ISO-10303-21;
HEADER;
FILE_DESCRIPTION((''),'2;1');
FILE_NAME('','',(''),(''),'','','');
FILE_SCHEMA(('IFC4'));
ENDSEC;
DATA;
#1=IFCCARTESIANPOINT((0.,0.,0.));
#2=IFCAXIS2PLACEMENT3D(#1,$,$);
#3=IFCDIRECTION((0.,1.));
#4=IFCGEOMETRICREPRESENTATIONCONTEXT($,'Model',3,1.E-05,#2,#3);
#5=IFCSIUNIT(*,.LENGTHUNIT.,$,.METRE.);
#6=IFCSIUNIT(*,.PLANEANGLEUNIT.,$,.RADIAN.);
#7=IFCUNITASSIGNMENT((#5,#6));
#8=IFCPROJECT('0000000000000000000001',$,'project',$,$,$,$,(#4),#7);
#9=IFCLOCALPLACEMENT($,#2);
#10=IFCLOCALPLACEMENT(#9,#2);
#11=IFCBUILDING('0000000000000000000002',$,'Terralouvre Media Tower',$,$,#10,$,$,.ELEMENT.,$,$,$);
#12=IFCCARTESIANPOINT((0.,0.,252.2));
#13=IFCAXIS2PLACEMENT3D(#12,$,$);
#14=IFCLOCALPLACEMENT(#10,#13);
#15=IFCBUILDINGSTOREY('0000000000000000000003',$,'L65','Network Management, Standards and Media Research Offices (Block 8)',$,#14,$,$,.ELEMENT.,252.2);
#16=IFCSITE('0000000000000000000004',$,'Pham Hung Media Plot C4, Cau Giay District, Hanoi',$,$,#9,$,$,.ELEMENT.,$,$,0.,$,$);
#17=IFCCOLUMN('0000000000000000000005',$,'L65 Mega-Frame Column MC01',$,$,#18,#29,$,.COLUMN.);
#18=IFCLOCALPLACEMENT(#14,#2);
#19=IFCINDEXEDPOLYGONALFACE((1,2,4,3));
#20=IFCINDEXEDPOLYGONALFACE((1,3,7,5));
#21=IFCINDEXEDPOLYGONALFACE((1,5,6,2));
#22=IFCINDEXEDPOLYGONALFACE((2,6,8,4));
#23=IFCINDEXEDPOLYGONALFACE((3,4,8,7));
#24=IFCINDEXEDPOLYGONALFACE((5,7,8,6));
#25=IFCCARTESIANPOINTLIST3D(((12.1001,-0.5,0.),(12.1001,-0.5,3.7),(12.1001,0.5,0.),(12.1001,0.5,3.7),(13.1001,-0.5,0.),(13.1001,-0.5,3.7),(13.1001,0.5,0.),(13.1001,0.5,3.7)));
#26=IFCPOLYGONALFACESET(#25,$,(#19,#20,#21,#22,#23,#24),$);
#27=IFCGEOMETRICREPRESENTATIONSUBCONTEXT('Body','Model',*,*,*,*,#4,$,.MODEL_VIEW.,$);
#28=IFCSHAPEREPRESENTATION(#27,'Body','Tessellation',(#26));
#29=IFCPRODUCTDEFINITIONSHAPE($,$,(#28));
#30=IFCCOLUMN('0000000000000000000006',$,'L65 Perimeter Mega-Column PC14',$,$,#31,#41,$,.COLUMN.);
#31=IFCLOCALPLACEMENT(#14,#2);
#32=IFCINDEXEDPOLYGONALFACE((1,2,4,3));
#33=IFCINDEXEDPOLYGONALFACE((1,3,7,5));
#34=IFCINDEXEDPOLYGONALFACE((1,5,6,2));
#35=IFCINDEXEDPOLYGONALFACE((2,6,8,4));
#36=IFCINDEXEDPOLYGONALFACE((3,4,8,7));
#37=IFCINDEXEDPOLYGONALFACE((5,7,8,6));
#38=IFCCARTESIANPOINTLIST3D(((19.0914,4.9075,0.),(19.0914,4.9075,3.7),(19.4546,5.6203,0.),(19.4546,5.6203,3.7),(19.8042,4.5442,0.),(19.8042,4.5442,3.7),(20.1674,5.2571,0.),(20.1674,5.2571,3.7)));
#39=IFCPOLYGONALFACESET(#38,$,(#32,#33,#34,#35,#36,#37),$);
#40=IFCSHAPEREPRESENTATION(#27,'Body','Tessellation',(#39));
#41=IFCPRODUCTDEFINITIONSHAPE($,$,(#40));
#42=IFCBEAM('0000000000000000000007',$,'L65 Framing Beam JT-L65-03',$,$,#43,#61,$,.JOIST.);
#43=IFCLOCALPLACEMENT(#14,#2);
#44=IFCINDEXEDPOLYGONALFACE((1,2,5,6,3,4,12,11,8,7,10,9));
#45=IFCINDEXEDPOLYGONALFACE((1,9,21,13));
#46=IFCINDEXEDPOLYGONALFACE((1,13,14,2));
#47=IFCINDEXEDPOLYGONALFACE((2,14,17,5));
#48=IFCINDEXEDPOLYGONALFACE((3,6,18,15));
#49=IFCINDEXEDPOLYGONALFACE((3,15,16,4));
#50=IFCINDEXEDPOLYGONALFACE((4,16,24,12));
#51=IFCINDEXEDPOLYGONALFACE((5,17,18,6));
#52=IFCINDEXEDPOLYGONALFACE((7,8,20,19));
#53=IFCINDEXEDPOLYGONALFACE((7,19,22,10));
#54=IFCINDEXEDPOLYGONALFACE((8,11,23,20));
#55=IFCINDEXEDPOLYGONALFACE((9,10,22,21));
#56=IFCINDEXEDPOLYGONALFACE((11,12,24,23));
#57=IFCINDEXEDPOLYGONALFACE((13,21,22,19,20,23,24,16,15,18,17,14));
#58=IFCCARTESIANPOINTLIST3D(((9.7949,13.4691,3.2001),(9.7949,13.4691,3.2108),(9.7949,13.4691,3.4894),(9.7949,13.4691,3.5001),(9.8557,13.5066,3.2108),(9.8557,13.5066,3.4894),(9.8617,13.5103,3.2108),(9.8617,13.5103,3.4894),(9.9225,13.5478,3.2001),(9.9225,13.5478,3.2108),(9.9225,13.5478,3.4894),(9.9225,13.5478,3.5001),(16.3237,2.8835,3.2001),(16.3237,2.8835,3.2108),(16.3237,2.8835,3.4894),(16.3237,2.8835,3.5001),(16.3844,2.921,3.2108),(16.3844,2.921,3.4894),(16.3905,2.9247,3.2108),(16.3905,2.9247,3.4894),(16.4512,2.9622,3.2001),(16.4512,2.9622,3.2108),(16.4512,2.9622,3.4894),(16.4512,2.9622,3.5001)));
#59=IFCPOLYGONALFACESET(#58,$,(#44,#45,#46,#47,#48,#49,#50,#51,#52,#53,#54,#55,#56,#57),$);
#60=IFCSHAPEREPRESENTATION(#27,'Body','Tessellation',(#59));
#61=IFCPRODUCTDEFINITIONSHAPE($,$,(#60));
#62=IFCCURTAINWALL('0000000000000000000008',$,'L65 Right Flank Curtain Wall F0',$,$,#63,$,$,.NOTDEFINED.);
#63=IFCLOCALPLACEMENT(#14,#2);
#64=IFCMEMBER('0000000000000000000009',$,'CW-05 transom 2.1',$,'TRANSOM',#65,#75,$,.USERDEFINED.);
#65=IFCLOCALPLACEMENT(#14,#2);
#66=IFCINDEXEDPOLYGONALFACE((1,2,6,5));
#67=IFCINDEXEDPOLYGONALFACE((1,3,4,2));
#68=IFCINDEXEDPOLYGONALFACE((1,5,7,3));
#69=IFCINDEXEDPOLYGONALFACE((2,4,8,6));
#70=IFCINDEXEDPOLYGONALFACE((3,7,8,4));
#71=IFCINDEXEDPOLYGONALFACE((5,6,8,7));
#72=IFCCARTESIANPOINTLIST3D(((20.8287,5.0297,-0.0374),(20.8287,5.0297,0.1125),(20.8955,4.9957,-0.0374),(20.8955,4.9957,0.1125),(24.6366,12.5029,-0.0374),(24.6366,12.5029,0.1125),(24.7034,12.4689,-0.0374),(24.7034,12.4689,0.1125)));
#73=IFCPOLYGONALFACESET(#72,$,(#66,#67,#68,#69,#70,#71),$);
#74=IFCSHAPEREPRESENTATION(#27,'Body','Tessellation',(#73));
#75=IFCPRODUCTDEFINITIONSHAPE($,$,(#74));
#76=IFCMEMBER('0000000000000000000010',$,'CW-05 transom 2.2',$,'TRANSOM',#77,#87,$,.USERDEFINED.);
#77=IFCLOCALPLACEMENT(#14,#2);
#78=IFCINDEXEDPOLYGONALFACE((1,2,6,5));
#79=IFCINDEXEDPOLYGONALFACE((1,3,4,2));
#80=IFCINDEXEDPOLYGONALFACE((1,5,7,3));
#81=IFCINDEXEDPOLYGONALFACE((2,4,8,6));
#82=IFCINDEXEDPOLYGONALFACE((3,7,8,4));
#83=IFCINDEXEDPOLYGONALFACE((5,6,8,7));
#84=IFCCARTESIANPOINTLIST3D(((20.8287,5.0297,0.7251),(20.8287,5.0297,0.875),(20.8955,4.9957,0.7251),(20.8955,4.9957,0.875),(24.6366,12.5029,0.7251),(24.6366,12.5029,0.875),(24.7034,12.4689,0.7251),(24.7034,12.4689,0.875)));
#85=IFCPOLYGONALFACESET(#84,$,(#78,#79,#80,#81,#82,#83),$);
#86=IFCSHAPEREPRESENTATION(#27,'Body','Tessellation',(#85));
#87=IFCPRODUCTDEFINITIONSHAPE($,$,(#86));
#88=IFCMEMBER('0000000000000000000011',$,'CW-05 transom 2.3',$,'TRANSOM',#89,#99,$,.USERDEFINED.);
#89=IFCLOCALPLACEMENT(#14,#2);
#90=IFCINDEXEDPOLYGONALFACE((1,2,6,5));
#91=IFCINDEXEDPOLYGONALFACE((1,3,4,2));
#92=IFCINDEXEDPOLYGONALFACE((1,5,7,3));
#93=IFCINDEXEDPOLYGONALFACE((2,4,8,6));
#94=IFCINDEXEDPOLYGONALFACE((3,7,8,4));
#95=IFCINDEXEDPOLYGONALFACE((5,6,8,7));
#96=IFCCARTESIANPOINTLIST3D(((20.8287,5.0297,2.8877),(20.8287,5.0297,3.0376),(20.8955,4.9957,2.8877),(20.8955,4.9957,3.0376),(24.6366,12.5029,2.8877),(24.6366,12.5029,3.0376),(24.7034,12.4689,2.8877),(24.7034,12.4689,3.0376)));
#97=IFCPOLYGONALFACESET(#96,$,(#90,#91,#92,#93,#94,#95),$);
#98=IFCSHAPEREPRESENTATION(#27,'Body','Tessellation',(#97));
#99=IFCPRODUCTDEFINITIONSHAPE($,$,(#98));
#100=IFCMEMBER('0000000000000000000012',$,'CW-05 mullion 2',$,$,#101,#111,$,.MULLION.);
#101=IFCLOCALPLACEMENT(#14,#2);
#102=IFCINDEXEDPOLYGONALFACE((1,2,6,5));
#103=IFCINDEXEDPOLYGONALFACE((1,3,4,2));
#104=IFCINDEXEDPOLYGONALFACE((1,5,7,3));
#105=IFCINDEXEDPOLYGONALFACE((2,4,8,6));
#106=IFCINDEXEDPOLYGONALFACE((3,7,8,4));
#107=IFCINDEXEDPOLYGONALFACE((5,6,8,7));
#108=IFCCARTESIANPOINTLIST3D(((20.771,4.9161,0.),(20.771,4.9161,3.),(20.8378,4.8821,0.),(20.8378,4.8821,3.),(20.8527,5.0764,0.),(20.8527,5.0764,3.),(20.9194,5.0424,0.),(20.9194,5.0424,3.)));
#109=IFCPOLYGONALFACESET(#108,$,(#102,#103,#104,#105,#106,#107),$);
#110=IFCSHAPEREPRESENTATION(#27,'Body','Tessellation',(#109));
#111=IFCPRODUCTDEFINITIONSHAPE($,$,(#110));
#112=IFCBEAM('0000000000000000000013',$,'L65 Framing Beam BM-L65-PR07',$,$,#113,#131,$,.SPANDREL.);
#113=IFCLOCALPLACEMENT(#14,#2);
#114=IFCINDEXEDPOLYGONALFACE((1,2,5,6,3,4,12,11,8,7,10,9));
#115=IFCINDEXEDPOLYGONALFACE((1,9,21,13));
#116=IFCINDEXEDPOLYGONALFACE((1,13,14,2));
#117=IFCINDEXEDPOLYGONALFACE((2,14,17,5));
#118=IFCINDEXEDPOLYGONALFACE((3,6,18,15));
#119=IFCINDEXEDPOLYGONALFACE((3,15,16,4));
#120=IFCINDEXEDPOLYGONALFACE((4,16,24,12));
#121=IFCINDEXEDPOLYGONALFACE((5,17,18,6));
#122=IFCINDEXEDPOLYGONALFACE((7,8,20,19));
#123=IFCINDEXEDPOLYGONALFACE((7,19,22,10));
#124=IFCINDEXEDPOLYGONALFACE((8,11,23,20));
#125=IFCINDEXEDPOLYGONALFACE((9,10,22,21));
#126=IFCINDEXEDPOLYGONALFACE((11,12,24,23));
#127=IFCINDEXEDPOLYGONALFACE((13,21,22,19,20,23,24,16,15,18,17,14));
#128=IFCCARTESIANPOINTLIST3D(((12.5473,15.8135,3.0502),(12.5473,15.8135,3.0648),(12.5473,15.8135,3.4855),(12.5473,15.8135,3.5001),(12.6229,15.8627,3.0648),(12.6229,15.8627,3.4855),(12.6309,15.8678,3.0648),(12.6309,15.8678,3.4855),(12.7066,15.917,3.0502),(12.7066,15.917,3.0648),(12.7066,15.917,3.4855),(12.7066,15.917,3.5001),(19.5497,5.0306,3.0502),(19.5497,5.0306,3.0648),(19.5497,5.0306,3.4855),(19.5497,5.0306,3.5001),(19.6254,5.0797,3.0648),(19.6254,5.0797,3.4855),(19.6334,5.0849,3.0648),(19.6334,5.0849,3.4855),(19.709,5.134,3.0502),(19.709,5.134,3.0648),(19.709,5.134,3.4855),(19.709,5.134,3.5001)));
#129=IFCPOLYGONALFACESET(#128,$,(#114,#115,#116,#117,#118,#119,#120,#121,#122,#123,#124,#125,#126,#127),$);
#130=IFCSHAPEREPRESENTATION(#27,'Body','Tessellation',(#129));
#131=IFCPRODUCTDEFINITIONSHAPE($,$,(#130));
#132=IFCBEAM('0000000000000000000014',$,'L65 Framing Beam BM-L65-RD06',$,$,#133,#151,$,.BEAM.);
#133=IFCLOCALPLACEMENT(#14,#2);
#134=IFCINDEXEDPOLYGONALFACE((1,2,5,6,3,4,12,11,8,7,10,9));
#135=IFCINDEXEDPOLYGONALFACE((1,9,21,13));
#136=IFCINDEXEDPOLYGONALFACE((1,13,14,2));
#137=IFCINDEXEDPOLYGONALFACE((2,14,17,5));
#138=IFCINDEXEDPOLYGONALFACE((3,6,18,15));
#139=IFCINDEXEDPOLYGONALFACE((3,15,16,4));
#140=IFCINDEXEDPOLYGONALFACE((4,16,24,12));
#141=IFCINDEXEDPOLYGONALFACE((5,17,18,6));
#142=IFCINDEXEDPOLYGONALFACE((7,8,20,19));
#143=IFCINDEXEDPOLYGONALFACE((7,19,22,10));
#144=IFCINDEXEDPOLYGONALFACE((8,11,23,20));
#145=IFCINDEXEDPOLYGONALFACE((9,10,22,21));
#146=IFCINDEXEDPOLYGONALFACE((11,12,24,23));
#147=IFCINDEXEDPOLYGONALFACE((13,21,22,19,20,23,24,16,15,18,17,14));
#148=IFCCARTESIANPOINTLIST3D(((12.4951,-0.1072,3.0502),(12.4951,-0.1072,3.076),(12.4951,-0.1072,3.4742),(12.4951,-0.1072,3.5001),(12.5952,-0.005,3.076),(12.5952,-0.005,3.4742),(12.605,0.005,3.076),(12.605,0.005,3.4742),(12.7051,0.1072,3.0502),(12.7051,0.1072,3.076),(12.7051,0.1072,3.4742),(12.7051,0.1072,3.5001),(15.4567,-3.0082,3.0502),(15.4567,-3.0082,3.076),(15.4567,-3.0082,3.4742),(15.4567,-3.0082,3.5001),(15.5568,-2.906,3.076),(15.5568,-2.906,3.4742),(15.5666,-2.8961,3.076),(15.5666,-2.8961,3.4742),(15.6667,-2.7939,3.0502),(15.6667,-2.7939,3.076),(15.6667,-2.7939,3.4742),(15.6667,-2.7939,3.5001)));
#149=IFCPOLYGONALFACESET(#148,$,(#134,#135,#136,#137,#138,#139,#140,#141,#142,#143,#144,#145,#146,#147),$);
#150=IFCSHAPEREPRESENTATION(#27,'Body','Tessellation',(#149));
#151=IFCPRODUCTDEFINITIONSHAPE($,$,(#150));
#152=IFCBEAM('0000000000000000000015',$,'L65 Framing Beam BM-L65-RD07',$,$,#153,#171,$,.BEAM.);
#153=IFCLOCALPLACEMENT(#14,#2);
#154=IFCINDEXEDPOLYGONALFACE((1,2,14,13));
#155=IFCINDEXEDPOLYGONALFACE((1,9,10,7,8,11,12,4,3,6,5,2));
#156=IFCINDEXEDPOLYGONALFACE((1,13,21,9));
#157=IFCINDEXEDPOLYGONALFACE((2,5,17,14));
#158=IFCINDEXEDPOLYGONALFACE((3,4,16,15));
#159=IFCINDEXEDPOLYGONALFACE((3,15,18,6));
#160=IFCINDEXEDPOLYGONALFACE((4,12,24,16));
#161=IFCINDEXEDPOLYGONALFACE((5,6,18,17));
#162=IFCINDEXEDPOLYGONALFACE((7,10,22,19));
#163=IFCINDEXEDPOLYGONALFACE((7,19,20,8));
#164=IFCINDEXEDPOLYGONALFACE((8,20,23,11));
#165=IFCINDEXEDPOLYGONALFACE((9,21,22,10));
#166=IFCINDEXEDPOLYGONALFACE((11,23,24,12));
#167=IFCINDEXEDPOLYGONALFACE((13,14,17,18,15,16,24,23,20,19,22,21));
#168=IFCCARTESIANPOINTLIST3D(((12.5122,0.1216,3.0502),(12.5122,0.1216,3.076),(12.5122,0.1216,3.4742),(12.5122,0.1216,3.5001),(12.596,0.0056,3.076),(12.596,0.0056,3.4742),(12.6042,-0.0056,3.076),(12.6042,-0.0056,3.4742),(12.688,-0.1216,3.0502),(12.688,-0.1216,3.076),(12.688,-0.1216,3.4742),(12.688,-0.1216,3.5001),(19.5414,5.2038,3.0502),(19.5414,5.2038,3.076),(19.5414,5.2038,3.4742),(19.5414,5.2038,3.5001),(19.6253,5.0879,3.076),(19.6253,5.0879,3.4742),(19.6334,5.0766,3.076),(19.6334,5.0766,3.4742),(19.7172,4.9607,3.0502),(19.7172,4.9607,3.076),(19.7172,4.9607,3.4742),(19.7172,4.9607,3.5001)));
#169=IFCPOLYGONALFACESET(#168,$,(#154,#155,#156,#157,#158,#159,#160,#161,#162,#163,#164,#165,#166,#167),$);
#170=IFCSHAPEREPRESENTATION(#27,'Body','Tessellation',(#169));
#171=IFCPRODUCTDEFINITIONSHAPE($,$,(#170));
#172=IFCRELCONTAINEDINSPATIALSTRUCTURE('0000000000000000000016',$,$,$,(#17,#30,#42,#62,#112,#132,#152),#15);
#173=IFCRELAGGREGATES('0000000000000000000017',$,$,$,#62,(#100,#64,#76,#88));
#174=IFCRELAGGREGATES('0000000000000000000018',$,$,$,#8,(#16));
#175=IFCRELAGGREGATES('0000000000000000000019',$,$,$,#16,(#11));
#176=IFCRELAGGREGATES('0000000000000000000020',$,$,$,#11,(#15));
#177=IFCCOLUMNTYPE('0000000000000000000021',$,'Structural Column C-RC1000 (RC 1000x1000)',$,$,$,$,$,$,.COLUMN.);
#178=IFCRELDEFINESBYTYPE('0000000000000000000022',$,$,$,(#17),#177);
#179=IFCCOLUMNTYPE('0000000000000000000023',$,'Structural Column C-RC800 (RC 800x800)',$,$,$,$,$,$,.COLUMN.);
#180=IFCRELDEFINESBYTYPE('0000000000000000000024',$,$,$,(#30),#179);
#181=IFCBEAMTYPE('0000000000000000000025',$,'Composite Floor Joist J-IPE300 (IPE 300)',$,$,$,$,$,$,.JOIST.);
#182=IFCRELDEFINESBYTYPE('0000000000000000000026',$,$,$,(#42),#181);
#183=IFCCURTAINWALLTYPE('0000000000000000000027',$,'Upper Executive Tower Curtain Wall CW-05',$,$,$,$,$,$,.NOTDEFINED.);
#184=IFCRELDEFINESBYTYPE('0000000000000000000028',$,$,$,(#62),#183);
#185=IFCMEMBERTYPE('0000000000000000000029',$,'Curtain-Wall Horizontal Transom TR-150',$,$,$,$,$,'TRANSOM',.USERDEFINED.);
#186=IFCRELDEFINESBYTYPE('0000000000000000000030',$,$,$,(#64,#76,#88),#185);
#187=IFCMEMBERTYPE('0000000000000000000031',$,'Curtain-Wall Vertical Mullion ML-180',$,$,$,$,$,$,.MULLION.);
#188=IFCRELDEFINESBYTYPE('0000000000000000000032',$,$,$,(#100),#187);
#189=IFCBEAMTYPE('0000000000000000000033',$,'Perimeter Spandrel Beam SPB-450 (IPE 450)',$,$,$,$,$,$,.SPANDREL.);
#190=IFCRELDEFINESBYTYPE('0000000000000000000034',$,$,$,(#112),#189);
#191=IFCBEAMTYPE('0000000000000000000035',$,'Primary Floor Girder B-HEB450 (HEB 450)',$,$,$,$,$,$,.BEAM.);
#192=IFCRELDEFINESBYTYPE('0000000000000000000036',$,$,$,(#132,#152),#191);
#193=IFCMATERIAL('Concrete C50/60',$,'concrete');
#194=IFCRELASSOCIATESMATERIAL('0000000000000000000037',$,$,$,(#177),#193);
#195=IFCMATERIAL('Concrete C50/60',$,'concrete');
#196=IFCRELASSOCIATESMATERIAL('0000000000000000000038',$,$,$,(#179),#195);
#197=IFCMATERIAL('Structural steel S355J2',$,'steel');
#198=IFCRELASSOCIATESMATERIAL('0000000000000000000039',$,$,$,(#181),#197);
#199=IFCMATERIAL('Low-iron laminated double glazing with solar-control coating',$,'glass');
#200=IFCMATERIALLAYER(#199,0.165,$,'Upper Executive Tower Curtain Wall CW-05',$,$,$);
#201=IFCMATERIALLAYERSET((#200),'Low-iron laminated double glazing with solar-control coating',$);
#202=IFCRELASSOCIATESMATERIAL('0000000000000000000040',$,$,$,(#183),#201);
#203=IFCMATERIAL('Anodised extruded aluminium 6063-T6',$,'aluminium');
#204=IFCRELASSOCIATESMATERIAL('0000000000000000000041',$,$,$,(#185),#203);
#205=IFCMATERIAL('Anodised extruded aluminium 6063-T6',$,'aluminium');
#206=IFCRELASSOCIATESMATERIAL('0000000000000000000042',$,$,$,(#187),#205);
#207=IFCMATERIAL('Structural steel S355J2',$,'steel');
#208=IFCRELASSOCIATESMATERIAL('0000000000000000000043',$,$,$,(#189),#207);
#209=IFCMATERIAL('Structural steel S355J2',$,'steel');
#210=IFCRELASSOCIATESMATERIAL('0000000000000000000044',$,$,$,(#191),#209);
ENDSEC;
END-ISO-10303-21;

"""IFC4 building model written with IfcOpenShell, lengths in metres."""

from ifc_helpers import new_model, si_unit, direction, frame, origin, origin_2d, place, context, subcontext, project, spatial, rectangle, i_section, extrude, material, layer, layer_set, material_profile, profile_set, type_object, element, aggregate, save


model = new_model("IFC4")

# Units and contexts
model_context = context("Model", 3, precision=1e-05, world=origin(), true_north=direction((0.0, 1.0)))
body_context = subcontext(model_context, "Body", "Model", "MODEL_VIEW")
ifc_project = project(units=[si_unit("LENGTHUNIT", "METRE"), si_unit("PLANEANGLEUNIT", "RADIAN")], contexts=[model_context])

# Site, building, storey
site_placement = place(None, origin())
site = spatial("IfcSite", under=ifc_project, at=site_placement, Name="Pham Hung Media Plot C4, Cau Giay District, Hanoi", CompositionType="ELEMENT", RefElevation=0.0)
building_placement = place(site_placement, origin())
building = spatial("IfcBuilding", under=site, at=building_placement, Name="Terralouvre Media Tower", CompositionType="ELEMENT")
storey_placement = place(building_placement, frame((0.0, 0.0, 252.2)))
storey = spatial("IfcBuildingStorey", under=building, at=storey_placement, Name="L65", Description="Network Management, Standards and Media Research Offices (Block 8)", CompositionType="ELEMENT", Elevation=252.2)

# Columns
ifc_material_1 = material(Name="Concrete C50/60", Category="concrete")
ifc_material_profile_1 = material_profile(ifc_material_1, rectangle(XDim=1.0, YDim=1.0, at=origin_2d()), Name="RC 1000x1000")
ifc_profile_set_1 = profile_set([ifc_material_profile_1], Name="Concrete C50/60")
column_type_1 = type_object("IfcColumnType", Name="Structural Column C-RC1000 (RC 1000x1000)", PredefinedType="COLUMN", material=ifc_profile_set_1)
column_1_placement = place(storey_placement, frame((12.6001, 0.0, 0.0), z_axis=(0.0, 0.0, 1.0), x_axis=(1.0, 0.0, 0.0)))
element("IfcColumn", 1, at=column_1_placement, inside=storey, type_object=column_type_1, Name="L65 Mega-Frame Column MC01", PredefinedType="COLUMN", context=body_context, shape_type="SweptSolid", body=[
    extrude(rectangle(XDim=1.0, YDim=1.0, at=origin_2d()), origin(), (0.0, 0.0, 1.0), 3.7),
])
ifc_material_2 = material(Name="Concrete C50/60", Category="concrete")
ifc_material_profile_2 = material_profile(ifc_material_2, rectangle(XDim=0.8, YDim=0.8, at=origin_2d()), Name="RC 800x800")
ifc_profile_set_2 = profile_set([ifc_material_profile_2], Name="Concrete C50/60")
column_type_2 = type_object("IfcColumnType", Name="Structural Column C-RC800 (RC 800x800)", PredefinedType="COLUMN", material=ifc_profile_set_2)
column_2_placement = place(storey_placement, frame((19.6294, 5.0823, 0.0), z_axis=(0.0, 0.0, 1.0), x_axis=(0.45399, 0.891007, 0.0)))
element("IfcColumn", 2, at=column_2_placement, inside=storey, type_object=column_type_2, Name="L65 Perimeter Mega-Column PC14", PredefinedType="COLUMN", context=body_context, shape_type="SweptSolid", body=[
    extrude(rectangle(XDim=0.8, YDim=0.8, at=origin_2d()), origin(), (0.0, 0.0, 1.0), 3.7),
])

# Beam
ifc_material_3 = material(Name="Structural steel S355J2", Category="steel")
ifc_material_profile_3 = material_profile(ifc_material_3, i_section(OverallWidth=0.1499, OverallDepth=0.3, WebThickness=0.0071, FlangeThickness=0.0107, at=origin_2d()), Name="IPE 300")
ifc_profile_set_3 = profile_set([ifc_material_profile_3], Name="Structural steel S355J2")
beam_type_1 = type_object("IfcBeamType", Name="Composite Floor Joist J-IPE300 (IPE 300)", PredefinedType="JOIST", material=ifc_profile_set_3)
beam_1_placement = place(storey_placement, frame((16.3875, 2.9229, 3.3501), z_axis=(-0.524945, 0.851136, 0.0), x_axis=(-0.851136, -0.524945, 0.0)))
element("IfcBeam", 3, at=beam_1_placement, inside=storey, type_object=beam_type_1, Name="L65 Framing Beam JT-L65-03", PredefinedType="JOIST", context=body_context, shape_type="SweptSolid", body=[
    extrude(i_section(OverallWidth=0.1499, OverallDepth=0.3, WebThickness=0.0071, FlangeThickness=0.0107, at=origin_2d()), origin(), (0.0, 0.0, 1.0), 12.437),
])

# Curtain wall, members
ifc_material_4 = material(Name="Low-iron laminated double glazing with solar-control coating", Category="glass")
ifc_layer_1 = layer(ifc_material_4, 0.165, Name="Upper Executive Tower Curtain Wall CW-05")
ifc_layer_set_1 = layer_set([ifc_layer_1], Name="Low-iron laminated double glazing with solar-control coating")
curtain_wall_type = type_object("IfcCurtainWallType", Name="Upper Executive Tower Curtain Wall CW-05", PredefinedType="NOTDEFINED", material=ifc_layer_set_1)
curtain_wall_placement = place(storey_placement, origin())
curtain_wall = element("IfcCurtainWall", 4, at=curtain_wall_placement, inside=storey, type_object=curtain_wall_type, Name="L65 Right Flank Curtain Wall F0", PredefinedType="NOTDEFINED")
ifc_material_5 = material(Name="Anodised extruded aluminium 6063-T6", Category="aluminium")
ifc_material_profile_4 = material_profile(ifc_material_5, rectangle(XDim=0.075, YDim=0.1499, at=origin_2d()), Name="ALU 75x150")
ifc_profile_set_4 = profile_set([ifc_material_profile_4], Name="Anodised extruded aluminium 6063-T6")
member_type_1 = type_object("IfcMemberType", Name="Curtain-Wall Horizontal Transom TR-150", ElementType="TRANSOM", PredefinedType="USERDEFINED", material=ifc_profile_set_4)
member_1_placement = place(storey_placement, frame((20.8621, 5.0127, 0.0376), z_axis=(0.454, 0.891002, 0.0), x_axis=(-0.891002, 0.454, 0.0)))
member_1 = element("IfcMember", 5, at=member_1_placement, type_object=member_type_1, Name="CW-05 transom 2.1", ObjectType="TRANSOM", PredefinedType="USERDEFINED", context=body_context, shape_type="SweptSolid", body=[
    extrude(rectangle(XDim=0.075, YDim=0.1499, at=origin_2d()), origin(), (0.0, 0.0, 1.0), 8.3875),
])
member_2_placement = place(storey_placement, frame((20.8621, 5.0127, 0.8), z_axis=(0.454, 0.891002, 0.0), x_axis=(-0.891002, 0.454, 0.0)))
member_2 = element("IfcMember", 6, at=member_2_placement, type_object=member_type_1, Name="CW-05 transom 2.2", ObjectType="TRANSOM", PredefinedType="USERDEFINED", context=body_context, shape_type="SweptSolid", body=[
    extrude(rectangle(XDim=0.075, YDim=0.1499, at=origin_2d()), origin(), (0.0, 0.0, 1.0), 8.3875),
])
member_3_placement = place(storey_placement, frame((20.8621, 5.0127, 2.9626), z_axis=(0.454, 0.891002, 0.0), x_axis=(-0.891002, 0.454, 0.0)))
member_3 = element("IfcMember", 7, at=member_3_placement, type_object=member_type_1, Name="CW-05 transom 2.3", ObjectType="TRANSOM", PredefinedType="USERDEFINED", context=body_context, shape_type="SweptSolid", body=[
    extrude(rectangle(XDim=0.075, YDim=0.1499, at=origin_2d()), origin(), (0.0, 0.0, 1.0), 8.3875),
])
ifc_material_6 = material(Name="Anodised extruded aluminium 6063-T6", Category="aluminium")
ifc_material_profile_5 = material_profile(ifc_material_6, rectangle(XDim=0.075, YDim=0.1799, at=origin_2d()), Name="ALU 75x180")
ifc_profile_set_5 = profile_set([ifc_material_profile_5], Name="Anodised extruded aluminium 6063-T6")
member_type_2 = type_object("IfcMemberType", Name="Curtain-Wall Vertical Mullion ML-180", PredefinedType="MULLION", material=ifc_profile_set_5)
member_4_placement = place(storey_placement, frame((20.8452, 4.9792, 0.0), z_axis=(0.0, 0.0, 1.0), x_axis=(-0.891006, 0.453991, 0.0)))
member_4 = element("IfcMember", 8, at=member_4_placement, type_object=member_type_2, Name="CW-05 mullion 2", PredefinedType="MULLION", context=body_context, shape_type="SweptSolid", body=[
    extrude(rectangle(XDim=0.075, YDim=0.1799, at=origin_2d()), origin(), (0.0, 0.0, 1.0), 3.0),
])

# Beams
ifc_material_7 = material(Name="Structural steel S355J2", Category="steel")
ifc_material_profile_6 = material_profile(ifc_material_7, i_section(OverallWidth=0.1899, OverallDepth=0.45, WebThickness=0.0095, FlangeThickness=0.0146, at=origin_2d()), Name="IPE 450")
ifc_profile_set_6 = profile_set([ifc_material_profile_6], Name="Structural steel S355J2")
beam_type_2 = type_object("IfcBeamType", Name="Perimeter Spandrel Beam SPB-450 (IPE 450)", PredefinedType="SPANDREL", material=ifc_profile_set_6)
beam_2_placement = place(storey_placement, frame((19.6294, 5.0823, 3.2751), z_axis=(-0.544634, 0.838674, 0.0), x_axis=(-0.838674, -0.544634, 0.0)))
element("IfcBeam", 9, at=beam_2_placement, inside=storey, type_object=beam_type_2, Name="L65 Framing Beam BM-L65-PR07", PredefinedType="SPANDREL", context=body_context, shape_type="SweptSolid", body=[
    extrude(i_section(OverallWidth=0.1899, OverallDepth=0.45, WebThickness=0.0095, FlangeThickness=0.0146, at=origin_2d()), origin(), (0.0, 0.0, 1.0), 12.8572),
])
ifc_material_8 = material(Name="Structural steel S355J2", Category="steel")
ifc_material_profile_7 = material_profile(ifc_material_8, i_section(OverallWidth=0.3, OverallDepth=0.45, WebThickness=0.0139, FlangeThickness=0.0259, at=origin_2d()), Name="HEB 450")
ifc_profile_set_7 = profile_set([ifc_material_profile_7], Name="Structural steel S355J2")
beam_type_3 = type_object("IfcBeamType", Name="Primary Floor Girder B-HEB450 (HEB 450)", PredefinedType="BEAM", material=ifc_profile_set_7)
beam_3_placement = place(storey_placement, frame((12.6001, 0.0, 3.2751), z_axis=(0.714371, -0.699767, 0.0), x_axis=(0.699767, 0.714371, 0.0)))
element("IfcBeam", 10, at=beam_3_placement, inside=storey, type_object=beam_type_3, Name="L65 Framing Beam BM-L65-RD06", PredefinedType="BEAM", context=body_context, shape_type="SweptSolid", body=[
    extrude(i_section(OverallWidth=0.3, OverallDepth=0.45, WebThickness=0.0139, FlangeThickness=0.0259, at=origin_2d()), origin(), (0.0, 0.0, 1.0), 4.1458),
])
beam_4_placement = place(storey_placement, frame((12.6001, 0.0, 3.2751), z_axis=(0.810375, 0.585912, 0.0), x_axis=(-0.585912, 0.810375, 0.0)))
element("IfcBeam", 11, at=beam_4_placement, inside=storey, type_object=beam_type_3, Name="L65 Framing Beam BM-L65-RD07", PredefinedType="BEAM", context=body_context, shape_type="SweptSolid", body=[
    extrude(i_section(OverallWidth=0.3, OverallDepth=0.45, WebThickness=0.0139, FlangeThickness=0.0259, at=origin_2d()), origin(), (0.0, 0.0, 1.0), 8.6741),
])

aggregate(curtain_wall, [member_4, member_1, member_2, member_3])

save(model, "model.ifc")
